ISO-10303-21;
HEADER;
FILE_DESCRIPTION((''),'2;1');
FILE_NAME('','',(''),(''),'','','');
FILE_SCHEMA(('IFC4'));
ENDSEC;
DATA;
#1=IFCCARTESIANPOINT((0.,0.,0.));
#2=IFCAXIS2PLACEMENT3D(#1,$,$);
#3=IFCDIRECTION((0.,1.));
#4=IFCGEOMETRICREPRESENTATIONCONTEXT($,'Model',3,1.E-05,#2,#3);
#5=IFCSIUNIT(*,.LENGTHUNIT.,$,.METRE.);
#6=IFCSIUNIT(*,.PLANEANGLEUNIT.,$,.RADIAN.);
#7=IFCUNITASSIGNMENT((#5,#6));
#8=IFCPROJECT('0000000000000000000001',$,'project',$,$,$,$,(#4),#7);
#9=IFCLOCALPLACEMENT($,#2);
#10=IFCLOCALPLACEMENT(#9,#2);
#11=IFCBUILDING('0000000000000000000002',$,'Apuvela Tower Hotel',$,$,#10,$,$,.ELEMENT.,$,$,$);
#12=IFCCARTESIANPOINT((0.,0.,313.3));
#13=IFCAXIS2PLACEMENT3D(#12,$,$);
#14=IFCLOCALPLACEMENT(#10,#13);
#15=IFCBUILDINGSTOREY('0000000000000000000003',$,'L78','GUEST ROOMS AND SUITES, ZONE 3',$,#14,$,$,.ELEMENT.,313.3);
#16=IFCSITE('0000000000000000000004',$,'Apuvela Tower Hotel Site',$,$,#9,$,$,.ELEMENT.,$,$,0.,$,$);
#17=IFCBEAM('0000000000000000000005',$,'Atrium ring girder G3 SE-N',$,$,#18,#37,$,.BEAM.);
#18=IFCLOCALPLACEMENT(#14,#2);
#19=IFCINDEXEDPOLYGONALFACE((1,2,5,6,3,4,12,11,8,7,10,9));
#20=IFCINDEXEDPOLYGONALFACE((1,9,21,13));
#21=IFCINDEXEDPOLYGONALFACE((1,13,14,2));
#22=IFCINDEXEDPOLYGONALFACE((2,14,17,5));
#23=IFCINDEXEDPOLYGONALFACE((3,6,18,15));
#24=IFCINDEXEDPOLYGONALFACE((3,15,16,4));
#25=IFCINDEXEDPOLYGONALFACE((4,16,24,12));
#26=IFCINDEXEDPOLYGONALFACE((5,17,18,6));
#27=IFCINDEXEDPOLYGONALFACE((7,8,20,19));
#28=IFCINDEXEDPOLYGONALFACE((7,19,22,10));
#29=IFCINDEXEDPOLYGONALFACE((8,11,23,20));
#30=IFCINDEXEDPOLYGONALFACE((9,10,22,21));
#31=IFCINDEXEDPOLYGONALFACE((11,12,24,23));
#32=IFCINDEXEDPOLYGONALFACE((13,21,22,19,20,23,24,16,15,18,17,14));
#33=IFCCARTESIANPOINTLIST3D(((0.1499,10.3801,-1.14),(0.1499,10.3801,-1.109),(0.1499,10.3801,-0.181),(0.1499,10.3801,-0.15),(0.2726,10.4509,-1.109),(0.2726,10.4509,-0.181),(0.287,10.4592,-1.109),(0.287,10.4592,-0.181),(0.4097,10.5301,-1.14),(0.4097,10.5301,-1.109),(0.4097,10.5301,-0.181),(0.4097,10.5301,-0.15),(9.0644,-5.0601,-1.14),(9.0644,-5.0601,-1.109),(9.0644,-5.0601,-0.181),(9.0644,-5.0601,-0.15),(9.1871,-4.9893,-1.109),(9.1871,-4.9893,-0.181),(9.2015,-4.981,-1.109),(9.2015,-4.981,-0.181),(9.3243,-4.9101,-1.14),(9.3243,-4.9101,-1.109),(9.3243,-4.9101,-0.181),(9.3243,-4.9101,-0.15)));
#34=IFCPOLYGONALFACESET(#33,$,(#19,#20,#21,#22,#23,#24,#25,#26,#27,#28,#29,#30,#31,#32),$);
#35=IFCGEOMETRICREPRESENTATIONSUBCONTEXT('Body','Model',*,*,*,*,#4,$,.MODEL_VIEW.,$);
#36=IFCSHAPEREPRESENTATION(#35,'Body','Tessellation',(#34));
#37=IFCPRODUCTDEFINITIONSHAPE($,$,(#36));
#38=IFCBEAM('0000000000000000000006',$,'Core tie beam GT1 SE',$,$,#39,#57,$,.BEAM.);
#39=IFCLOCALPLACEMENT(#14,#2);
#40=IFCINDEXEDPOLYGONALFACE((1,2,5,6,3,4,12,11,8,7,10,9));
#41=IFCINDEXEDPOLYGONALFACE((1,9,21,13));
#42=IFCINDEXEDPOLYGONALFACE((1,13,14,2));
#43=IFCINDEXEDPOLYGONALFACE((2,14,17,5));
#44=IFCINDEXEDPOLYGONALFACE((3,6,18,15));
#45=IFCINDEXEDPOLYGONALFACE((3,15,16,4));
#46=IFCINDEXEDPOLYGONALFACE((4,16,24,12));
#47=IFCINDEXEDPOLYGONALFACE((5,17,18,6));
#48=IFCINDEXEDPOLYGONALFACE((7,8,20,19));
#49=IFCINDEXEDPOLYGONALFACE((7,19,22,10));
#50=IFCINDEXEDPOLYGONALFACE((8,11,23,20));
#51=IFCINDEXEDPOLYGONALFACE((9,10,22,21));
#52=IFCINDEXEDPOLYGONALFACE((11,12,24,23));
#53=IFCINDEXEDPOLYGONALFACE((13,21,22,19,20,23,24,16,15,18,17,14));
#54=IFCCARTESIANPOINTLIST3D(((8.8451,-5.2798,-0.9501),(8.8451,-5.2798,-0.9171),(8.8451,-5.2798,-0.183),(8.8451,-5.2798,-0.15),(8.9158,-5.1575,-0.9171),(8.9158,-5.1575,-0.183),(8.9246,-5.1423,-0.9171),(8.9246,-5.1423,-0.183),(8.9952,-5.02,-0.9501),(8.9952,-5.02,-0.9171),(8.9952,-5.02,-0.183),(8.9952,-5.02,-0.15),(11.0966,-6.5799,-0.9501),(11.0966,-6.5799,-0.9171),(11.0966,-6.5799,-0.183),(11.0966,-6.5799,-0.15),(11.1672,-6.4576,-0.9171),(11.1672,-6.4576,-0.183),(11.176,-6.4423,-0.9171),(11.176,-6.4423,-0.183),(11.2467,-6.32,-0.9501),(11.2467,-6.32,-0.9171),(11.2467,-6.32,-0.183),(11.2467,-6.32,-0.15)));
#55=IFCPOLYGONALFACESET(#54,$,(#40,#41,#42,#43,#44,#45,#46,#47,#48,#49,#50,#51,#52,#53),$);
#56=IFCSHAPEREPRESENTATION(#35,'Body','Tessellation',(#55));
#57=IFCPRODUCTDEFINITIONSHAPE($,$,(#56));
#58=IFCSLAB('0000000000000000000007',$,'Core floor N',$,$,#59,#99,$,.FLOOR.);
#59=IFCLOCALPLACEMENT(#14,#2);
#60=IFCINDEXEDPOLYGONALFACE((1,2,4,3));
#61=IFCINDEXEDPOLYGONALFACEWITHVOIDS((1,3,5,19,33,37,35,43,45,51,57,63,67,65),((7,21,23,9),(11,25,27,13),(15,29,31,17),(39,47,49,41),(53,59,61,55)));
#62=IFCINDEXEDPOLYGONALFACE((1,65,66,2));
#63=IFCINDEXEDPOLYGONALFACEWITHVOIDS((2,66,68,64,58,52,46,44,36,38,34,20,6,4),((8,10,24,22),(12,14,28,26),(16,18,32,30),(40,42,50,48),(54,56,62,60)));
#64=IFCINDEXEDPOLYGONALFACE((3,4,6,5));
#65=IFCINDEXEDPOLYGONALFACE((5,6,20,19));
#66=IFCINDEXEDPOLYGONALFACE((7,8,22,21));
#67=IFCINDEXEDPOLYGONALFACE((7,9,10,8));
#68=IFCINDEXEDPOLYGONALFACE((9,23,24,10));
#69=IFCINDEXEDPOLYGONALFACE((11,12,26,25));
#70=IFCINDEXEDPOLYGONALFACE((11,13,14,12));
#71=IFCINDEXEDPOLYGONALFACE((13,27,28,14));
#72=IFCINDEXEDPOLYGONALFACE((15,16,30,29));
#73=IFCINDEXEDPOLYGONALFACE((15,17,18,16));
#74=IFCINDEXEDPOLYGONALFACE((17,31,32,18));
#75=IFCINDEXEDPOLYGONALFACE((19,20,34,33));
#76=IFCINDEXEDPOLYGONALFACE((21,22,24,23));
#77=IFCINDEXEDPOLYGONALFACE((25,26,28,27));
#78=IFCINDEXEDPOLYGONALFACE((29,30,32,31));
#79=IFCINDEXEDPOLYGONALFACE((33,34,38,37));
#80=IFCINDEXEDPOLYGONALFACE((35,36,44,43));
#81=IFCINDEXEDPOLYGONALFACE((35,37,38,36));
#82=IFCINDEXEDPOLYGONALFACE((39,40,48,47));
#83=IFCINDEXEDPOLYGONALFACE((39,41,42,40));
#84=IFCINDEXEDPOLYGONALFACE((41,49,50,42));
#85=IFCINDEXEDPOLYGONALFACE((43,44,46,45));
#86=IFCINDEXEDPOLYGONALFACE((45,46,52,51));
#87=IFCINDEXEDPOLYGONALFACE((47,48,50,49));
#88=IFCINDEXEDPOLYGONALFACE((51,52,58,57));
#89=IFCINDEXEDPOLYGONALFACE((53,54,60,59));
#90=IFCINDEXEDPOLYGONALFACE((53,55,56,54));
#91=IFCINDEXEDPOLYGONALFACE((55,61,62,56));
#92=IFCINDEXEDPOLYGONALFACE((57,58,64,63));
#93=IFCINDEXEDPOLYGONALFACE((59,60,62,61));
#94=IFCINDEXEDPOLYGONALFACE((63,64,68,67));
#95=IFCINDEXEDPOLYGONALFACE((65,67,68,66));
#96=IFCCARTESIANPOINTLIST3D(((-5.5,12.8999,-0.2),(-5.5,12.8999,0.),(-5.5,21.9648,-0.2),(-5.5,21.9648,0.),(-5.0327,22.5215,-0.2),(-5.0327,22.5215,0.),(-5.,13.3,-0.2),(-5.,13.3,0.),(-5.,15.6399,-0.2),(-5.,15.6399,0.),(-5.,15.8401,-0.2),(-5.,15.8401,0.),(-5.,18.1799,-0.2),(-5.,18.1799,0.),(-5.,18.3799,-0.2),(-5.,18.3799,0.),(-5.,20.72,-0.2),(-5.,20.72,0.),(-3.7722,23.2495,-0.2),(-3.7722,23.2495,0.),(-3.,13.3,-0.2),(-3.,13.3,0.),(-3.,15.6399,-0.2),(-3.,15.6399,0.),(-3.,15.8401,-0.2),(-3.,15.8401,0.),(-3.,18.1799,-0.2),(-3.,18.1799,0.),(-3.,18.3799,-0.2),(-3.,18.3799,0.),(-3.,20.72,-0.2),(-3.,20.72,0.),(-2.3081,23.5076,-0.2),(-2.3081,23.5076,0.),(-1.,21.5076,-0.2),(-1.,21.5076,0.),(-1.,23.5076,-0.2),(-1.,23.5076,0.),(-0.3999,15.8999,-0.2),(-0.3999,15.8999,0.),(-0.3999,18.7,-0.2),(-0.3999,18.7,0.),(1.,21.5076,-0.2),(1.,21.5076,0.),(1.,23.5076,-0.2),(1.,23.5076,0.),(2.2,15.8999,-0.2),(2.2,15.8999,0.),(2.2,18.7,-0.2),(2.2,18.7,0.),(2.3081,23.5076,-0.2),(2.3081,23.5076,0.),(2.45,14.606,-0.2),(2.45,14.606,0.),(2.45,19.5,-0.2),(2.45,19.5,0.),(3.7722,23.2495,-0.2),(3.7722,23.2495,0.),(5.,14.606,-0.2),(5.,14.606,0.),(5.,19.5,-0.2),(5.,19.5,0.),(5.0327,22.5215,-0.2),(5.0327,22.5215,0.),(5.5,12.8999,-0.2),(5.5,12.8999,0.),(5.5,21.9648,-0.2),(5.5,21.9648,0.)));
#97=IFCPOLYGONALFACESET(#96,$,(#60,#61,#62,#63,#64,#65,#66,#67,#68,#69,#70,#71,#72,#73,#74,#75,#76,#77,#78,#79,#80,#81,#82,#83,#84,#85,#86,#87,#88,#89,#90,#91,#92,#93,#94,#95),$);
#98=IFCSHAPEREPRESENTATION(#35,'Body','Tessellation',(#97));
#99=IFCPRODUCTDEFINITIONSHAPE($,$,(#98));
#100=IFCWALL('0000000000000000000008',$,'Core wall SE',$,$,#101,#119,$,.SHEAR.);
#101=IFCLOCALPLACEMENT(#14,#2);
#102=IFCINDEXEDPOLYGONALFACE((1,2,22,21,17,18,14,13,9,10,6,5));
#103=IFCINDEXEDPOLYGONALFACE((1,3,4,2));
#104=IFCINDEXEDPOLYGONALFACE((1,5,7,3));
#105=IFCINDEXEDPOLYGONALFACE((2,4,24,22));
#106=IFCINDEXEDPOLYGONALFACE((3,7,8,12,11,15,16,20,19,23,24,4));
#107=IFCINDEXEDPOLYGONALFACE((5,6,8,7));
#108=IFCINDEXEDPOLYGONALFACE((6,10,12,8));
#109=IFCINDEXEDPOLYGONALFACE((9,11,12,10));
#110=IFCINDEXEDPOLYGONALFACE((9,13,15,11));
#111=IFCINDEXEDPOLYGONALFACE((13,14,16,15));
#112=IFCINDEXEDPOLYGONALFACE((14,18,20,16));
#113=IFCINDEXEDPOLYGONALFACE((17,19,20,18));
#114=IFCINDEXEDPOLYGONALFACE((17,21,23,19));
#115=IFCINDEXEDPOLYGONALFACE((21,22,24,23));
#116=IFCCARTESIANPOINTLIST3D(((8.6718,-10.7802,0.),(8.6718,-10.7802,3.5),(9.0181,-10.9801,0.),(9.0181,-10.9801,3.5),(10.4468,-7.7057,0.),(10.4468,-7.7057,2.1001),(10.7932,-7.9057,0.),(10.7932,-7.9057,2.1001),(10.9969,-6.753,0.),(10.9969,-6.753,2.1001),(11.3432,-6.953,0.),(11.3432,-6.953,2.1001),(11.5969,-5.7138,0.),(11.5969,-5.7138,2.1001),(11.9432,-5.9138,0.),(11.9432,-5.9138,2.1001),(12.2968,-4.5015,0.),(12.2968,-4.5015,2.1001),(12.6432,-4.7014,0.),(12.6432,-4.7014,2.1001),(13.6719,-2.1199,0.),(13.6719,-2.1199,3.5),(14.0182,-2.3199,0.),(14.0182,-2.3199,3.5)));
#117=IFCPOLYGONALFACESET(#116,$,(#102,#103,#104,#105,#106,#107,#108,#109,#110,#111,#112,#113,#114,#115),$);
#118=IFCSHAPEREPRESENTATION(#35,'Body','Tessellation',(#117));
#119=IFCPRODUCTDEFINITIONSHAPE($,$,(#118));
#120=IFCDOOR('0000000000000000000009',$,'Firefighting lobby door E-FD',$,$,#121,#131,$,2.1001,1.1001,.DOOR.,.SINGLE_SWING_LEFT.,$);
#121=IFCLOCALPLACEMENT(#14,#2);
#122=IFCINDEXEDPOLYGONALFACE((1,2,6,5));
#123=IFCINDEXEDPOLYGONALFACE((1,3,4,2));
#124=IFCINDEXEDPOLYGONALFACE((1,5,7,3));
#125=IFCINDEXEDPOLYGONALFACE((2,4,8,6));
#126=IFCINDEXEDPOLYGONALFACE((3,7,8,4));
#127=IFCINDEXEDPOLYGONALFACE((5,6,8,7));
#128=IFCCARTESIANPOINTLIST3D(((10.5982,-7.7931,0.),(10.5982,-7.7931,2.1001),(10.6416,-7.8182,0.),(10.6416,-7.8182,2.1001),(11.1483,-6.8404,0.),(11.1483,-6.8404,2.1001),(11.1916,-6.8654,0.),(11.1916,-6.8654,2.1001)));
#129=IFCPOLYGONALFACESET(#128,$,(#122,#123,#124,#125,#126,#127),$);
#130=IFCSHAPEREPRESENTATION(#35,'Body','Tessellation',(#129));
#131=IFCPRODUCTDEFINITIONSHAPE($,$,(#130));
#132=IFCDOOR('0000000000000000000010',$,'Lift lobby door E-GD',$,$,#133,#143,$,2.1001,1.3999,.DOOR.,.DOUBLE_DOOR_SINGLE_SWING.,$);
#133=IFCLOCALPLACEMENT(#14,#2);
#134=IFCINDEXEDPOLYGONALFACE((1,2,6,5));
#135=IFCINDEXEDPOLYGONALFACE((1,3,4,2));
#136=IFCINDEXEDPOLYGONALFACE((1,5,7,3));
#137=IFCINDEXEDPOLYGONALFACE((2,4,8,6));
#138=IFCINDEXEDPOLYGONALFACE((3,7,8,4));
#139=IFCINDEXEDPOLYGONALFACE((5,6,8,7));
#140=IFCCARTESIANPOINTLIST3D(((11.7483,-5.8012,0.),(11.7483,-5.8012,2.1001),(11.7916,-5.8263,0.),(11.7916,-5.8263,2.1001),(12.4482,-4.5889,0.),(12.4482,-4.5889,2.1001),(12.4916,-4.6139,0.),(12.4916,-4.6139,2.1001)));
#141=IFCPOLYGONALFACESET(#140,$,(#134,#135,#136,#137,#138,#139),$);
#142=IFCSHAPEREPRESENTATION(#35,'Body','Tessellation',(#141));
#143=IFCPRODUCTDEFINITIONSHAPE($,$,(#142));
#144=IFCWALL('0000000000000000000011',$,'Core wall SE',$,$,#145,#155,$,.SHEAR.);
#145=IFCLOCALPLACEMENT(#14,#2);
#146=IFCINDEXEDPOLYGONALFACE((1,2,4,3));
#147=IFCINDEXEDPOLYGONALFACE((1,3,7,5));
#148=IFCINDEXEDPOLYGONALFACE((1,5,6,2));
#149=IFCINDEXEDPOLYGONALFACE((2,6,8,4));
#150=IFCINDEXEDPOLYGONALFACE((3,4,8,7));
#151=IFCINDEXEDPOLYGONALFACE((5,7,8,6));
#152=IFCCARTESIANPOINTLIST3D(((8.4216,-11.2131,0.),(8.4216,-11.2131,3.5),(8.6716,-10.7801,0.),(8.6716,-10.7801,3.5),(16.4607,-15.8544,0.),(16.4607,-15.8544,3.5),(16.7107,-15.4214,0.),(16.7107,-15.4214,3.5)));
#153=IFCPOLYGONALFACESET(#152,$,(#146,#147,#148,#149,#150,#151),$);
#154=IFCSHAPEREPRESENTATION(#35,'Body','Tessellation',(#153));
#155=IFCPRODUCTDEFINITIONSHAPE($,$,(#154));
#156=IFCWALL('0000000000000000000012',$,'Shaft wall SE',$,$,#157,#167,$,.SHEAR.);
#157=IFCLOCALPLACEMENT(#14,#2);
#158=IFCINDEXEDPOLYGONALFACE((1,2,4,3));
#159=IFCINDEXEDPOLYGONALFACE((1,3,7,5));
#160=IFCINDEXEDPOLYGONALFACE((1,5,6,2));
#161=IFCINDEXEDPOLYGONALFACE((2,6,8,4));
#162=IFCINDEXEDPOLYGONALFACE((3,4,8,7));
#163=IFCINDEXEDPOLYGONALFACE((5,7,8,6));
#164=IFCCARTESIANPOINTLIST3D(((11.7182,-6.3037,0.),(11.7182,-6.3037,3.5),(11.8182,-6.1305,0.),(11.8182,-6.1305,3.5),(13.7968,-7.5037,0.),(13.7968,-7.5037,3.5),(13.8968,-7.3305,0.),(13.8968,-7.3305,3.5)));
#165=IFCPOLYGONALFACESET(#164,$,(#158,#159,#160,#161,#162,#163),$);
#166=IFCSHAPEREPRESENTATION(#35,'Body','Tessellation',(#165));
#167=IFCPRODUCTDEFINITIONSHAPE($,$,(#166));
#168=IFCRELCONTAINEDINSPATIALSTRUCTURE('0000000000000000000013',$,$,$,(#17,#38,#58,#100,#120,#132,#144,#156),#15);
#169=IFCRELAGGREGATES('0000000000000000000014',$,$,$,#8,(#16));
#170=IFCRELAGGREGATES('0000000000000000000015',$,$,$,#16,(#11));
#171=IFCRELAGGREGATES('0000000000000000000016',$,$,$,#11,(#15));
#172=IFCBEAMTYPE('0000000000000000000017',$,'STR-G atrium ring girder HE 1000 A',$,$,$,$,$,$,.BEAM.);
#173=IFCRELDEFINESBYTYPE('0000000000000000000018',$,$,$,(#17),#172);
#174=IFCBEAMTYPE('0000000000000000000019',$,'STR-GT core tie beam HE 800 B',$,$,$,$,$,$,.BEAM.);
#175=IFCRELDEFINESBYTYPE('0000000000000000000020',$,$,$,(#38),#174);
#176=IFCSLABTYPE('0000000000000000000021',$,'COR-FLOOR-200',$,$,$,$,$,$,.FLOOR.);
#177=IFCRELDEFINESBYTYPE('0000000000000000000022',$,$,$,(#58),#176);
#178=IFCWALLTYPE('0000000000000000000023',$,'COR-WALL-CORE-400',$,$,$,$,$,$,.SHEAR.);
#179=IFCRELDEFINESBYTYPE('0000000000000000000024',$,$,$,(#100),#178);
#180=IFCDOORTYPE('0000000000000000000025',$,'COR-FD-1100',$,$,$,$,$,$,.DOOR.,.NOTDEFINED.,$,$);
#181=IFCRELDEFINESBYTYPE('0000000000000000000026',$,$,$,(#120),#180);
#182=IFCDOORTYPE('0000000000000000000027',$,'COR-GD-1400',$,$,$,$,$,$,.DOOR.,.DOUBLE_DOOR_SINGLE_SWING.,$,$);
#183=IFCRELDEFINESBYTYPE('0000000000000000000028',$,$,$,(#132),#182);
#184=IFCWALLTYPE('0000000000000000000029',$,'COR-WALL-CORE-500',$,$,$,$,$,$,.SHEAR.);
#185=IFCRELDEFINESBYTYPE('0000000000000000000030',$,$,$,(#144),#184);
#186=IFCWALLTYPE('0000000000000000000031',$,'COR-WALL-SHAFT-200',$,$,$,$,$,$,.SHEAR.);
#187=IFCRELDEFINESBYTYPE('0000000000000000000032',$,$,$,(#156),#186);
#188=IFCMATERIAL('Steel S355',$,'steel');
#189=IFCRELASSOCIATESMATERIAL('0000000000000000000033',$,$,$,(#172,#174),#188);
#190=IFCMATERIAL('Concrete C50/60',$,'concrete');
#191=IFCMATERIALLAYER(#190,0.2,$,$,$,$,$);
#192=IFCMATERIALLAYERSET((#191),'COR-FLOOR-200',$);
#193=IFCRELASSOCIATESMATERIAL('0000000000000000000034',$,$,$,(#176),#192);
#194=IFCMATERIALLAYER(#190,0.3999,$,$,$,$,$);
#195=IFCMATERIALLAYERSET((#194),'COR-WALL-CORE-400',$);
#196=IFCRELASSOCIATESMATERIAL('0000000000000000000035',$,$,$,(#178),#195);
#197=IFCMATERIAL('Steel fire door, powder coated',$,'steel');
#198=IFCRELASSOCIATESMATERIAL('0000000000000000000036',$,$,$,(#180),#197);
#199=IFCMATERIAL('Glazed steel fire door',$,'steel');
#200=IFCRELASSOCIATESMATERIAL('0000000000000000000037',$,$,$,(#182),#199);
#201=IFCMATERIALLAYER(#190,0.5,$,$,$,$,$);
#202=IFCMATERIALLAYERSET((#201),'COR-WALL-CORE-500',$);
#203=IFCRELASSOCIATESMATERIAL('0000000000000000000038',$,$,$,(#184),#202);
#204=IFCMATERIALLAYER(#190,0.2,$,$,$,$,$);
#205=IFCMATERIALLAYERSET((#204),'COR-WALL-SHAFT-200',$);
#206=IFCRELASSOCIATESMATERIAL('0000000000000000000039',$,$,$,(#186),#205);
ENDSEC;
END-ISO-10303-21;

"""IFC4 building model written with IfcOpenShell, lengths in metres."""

from ifc_helpers import new_model, si_unit, direction, frame, frame_2d, origin, origin_2d, place, context, subcontext, project, spatial, polyline, rectangle, i_section, outline, extrude, material, layer, layer_set, material_profile, profile_set, type_object, element, fill, save


model = new_model("IFC4")

# Units and contexts
model_context = context("Model", 3, precision=1e-05, world=origin(), true_north=direction((0.0, 1.0)))
body_context = subcontext(model_context, "Body", "Model", "MODEL_VIEW")
ifc_project = project(units=[si_unit("LENGTHUNIT", "METRE"), si_unit("PLANEANGLEUNIT", "RADIAN")], contexts=[model_context])

# Site, building, storey
site_placement = place(None, origin())
site = spatial("IfcSite", under=ifc_project, at=site_placement, Name="Apuvela Tower Hotel Site", CompositionType="ELEMENT", RefElevation=0.0)
building_placement = place(site_placement, origin())
building = spatial("IfcBuilding", under=site, at=building_placement, Name="Apuvela Tower Hotel", CompositionType="ELEMENT")
storey_placement = place(building_placement, frame((0.0, 0.0, 313.3)))
storey = spatial("IfcBuildingStorey", under=building, at=storey_placement, Name="L78", Description="GUEST ROOMS AND SUITES, ZONE 3", CompositionType="ELEMENT", Elevation=313.3)

# Beams
ifc_material_1 = material(Name="Steel S355", Category="steel")
ifc_material_profile_1 = material_profile(ifc_material_1, i_section(OverallWidth=0.3, OverallDepth=0.99, WebThickness=0.0166, FlangeThickness=0.031, at=origin_2d()), Name="HE 1000 A")
ifc_profile_set_1 = profile_set([ifc_material_profile_1], Name="Steel S355")
beam_type_1 = type_object("IfcBeamType", Name="STR-G atrium ring girder HE 1000 A", PredefinedType="BEAM", material=ifc_profile_set_1)
beam_1_placement = place(storey_placement, frame((9.1943, -4.9851, -0.645), z_axis=(-0.500007, 0.866022, 0.0), x_axis=(-0.866022, -0.500007, 0.0)))
element("IfcBeam", 1, at=beam_1_placement, inside=storey, type_object=beam_type_1, Name="Atrium ring girder G3 SE-N", PredefinedType="BEAM", context=body_context, shape_type="SweptSolid", body=[
    extrude(i_section(OverallWidth=0.3, OverallDepth=0.99, WebThickness=0.0166, FlangeThickness=0.031, at=origin_2d()), origin(), (0.0, 0.0, 1.0), 17.8289),
])
ifc_material_profile_2 = material_profile(ifc_material_1, i_section(OverallWidth=0.3, OverallDepth=0.8, WebThickness=0.0176, FlangeThickness=0.033, at=origin_2d()), Name="HE 800 B")
ifc_profile_set_2 = profile_set([ifc_material_profile_2], Name="Steel S355")
beam_type_2 = type_object("IfcBeamType", Name="STR-GT core tie beam HE 800 B", PredefinedType="BEAM", material=ifc_profile_set_2)
beam_2_placement = place(storey_placement, frame((11.1716, -6.45, -0.55), z_axis=(-0.865998, 0.500048, 0.0), x_axis=(-0.500048, -0.865998, 0.0)))
element("IfcBeam", 2, at=beam_2_placement, inside=storey, type_object=beam_type_2, Name="Core tie beam GT1 SE", PredefinedType="BEAM", context=body_context, shape_type="SweptSolid", body=[
    extrude(i_section(OverallWidth=0.3, OverallDepth=0.8, WebThickness=0.0176, FlangeThickness=0.033, at=origin_2d()), origin(), (0.0, 0.0, 1.0), 2.5999),
])

# Slab
ifc_material_2 = material(Name="Concrete C50/60", Category="concrete")
ifc_layer_1 = layer(ifc_material_2, 0.2)
ifc_layer_set_1 = layer_set([ifc_layer_1], Name="COR-FLOOR-200")
slab_type = type_object("IfcSlabType", Name="COR-FLOOR-200", PredefinedType="FLOOR", material=ifc_layer_set_1)
slab_placement = place(storey_placement, frame((0.0, 0.0, -0.2)))
element("IfcSlab", 3, at=slab_placement, inside=storey, type_object=slab_type, Name="Core floor N", PredefinedType="FLOOR", context=body_context, shape_type="SweptSolid", body=[
    extrude(outline(polyline([(5.5, 21.9648), (5.0327, 22.5215), (3.7722, 23.2495), (2.3081, 23.5076), (1.0, 23.5076), (1.0, 21.5076), (-1.0, 21.5076), (-1.0, 23.5076), (-2.3081, 23.5076), (-3.7722, 23.2495), (-5.0327, 22.5215), (-5.5, 21.9648), (-5.5, 12.8999), (5.5, 12.8999), (5.5, 21.9648)]), holes=[polyline([(-3.0, 13.3), (-5.0, 13.3), (-5.0, 15.6399), (-3.0, 15.6399), (-3.0, 13.3)]), polyline([(-3.0, 15.8401), (-5.0, 15.8401), (-5.0, 18.1799), (-3.0, 18.1799), (-3.0, 15.8401)]), polyline([(5.0, 14.606), (2.45, 14.606), (2.45, 19.5), (5.0, 19.5), (5.0, 14.606)]), polyline([(2.2, 18.7), (2.2, 15.8999), (-0.3999, 15.8999), (-0.3999, 18.7), (2.2, 18.7)]), polyline([(-3.0, 20.72), (-3.0, 18.3799), (-5.0, 18.3799), (-5.0, 20.72), (-3.0, 20.72)])]), origin(), (0.0, 0.0, 1.0), 0.2),
])

# Wall, openings, doors
ifc_layer_2 = layer(ifc_material_2, 0.3999)
ifc_layer_set_2 = layer_set([ifc_layer_2], Name="COR-WALL-CORE-400")
wall_type_1 = type_object("IfcWallType", Name="COR-WALL-CORE-400", PredefinedType="SHEAR", material=ifc_layer_set_2)
wall_1_placement = place(storey_placement, frame((8.845, -10.8801, 0.0), z_axis=(0.0, 0.0, 1.0), x_axis=(0.500004, 0.866023, 0.0)))
wall_1 = element("IfcWall", 4, at=wall_1_placement, inside=storey, type_object=wall_type_1, Name="Core wall SE", PredefinedType="SHEAR", context=body_context, shape_type="SweptSolid", body=[
    extrude(rectangle(XDim=10.0, YDim=0.3999, at=frame_2d((5.0, 0.0))), origin(), (0.0, 0.0, 1.0), 3.5),
])
opening_1_placement = place(wall_1_placement, frame((3.55, 0.0, 0.0)))
opening_1 = element("IfcOpeningElement", 5, at=opening_1_placement, cuts=wall_1, PredefinedType="OPENING", context=body_context, shape_type="SweptSolid", body=[
    extrude(rectangle(XDim=1.1001, YDim=2.1001, at=frame_2d((0.55, 1.05))), frame((0.0, 0.21, 0.0), z_axis=(0.0, -1.0, 0.0), x_axis=(1.0, 0.0, 0.0)), (0.0, 0.0, 1.0), 0.4199),
])
opening_2_placement = place(wall_1_placement, frame((5.8501, 0.0, 0.0)))
opening_2 = element("IfcOpeningElement", 6, at=opening_2_placement, cuts=wall_1, PredefinedType="OPENING", context=body_context, shape_type="SweptSolid", body=[
    extrude(rectangle(XDim=1.3999, YDim=2.1001, at=frame_2d((0.7, 1.05))), frame((0.0, 0.21, 0.0), z_axis=(0.0, -1.0, 0.0), x_axis=(1.0, 0.0, 0.0)), (0.0, 0.0, 1.0), 0.4199),
])
ifc_material_3 = material(Name="Steel fire door, powder coated", Category="steel")
door_type_1 = type_object("IfcDoorType", Name="COR-FD-1100", OperationType="NOTDEFINED", PredefinedType="DOOR", material=ifc_material_3)
door_1_placement = place(opening_1_placement, frame((1.1001, 0.0, 0.0), z_axis=(0.0, 0.0, 1.0), x_axis=(-1.0, 0.0, 0.0)))
door_1 = element("IfcDoor", 7, at=door_1_placement, inside=storey, type_object=door_type_1, Name="Firefighting lobby door E-FD", OperationType="SINGLE_SWING_LEFT", OverallHeight=2.1001, OverallWidth=1.1001, PredefinedType="DOOR", context=body_context, shape_type="SweptSolid", body=[
    extrude(rectangle(XDim=1.1001, YDim=2.1001, at=frame_2d((0.55, 1.05))), frame((0.0, 0.0249, 0.0), z_axis=(0.0, -1.0, 0.0), x_axis=(1.0, 0.0, 0.0)), (0.0, 0.0, 1.0), 0.05),
])
fill(opening_1, door_1)
ifc_material_4 = material(Name="Glazed steel fire door", Category="steel")
door_type_2 = type_object("IfcDoorType", Name="COR-GD-1400", OperationType="DOUBLE_DOOR_SINGLE_SWING", PredefinedType="DOOR", material=ifc_material_4)
door_2_placement = place(opening_2_placement, frame((1.3999, 0.0, 0.0), z_axis=(0.0, 0.0, 1.0), x_axis=(-1.0, 0.0, 0.0)))
door_2 = element("IfcDoor", 8, at=door_2_placement, inside=storey, type_object=door_type_2, Name="Lift lobby door E-GD", OperationType="DOUBLE_DOOR_SINGLE_SWING", OverallHeight=2.1001, OverallWidth=1.3999, PredefinedType="DOOR", context=body_context, shape_type="SweptSolid", body=[
    extrude(rectangle(XDim=1.3999, YDim=2.1001, at=frame_2d((0.7, 1.05))), frame((0.0, 0.0249, 0.0), z_axis=(0.0, -1.0, 0.0), x_axis=(1.0, 0.0, 0.0)), (0.0, 0.0, 1.0), 0.05),
])
fill(opening_2, door_2)

# Walls
ifc_layer_3 = layer(ifc_material_2, 0.5)
ifc_layer_set_3 = layer_set([ifc_layer_3], Name="COR-WALL-CORE-500")
wall_type_2 = type_object("IfcWallType", Name="COR-WALL-CORE-500", PredefinedType="SHEAR", material=ifc_layer_set_3)
wall_2_placement = place(storey_placement, frame((8.5466, -10.9966, 0.0), z_axis=(0.0, 0.0, 1.0), x_axis=(0.866025, -0.5, 0.0)))
element("IfcWall", 9, at=wall_2_placement, inside=storey, type_object=wall_type_2, Name="Core wall SE", PredefinedType="SHEAR", context=body_context, shape_type="SweptSolid", body=[
    extrude(rectangle(XDim=9.2827, YDim=0.5, at=frame_2d((4.6414, 0.0))), origin(), (0.0, 0.0, 1.0), 3.5),
])
ifc_layer_4 = layer(ifc_material_2, 0.2)
ifc_layer_set_4 = layer_set([ifc_layer_4], Name="COR-WALL-SHAFT-200")
wall_type_3 = type_object("IfcWallType", Name="COR-WALL-SHAFT-200", PredefinedType="SHEAR", material=ifc_layer_set_4)
wall_3_placement = place(storey_placement, frame((11.7681, -6.217, 0.0), z_axis=(0.0, 0.0, 1.0), x_axis=(0.86605, -0.499957, 0.0)))
element("IfcWall", 10, at=wall_3_placement, inside=storey, type_object=wall_type_3, Name="Shaft wall SE", PredefinedType="SHEAR", context=body_context, shape_type="SweptSolid", body=[
    extrude(rectangle(XDim=2.4001, YDim=0.2, at=frame_2d((1.2002, 0.0))), origin(), (0.0, 0.0, 1.0), 3.5),
])

save(model, "model.ifc")
